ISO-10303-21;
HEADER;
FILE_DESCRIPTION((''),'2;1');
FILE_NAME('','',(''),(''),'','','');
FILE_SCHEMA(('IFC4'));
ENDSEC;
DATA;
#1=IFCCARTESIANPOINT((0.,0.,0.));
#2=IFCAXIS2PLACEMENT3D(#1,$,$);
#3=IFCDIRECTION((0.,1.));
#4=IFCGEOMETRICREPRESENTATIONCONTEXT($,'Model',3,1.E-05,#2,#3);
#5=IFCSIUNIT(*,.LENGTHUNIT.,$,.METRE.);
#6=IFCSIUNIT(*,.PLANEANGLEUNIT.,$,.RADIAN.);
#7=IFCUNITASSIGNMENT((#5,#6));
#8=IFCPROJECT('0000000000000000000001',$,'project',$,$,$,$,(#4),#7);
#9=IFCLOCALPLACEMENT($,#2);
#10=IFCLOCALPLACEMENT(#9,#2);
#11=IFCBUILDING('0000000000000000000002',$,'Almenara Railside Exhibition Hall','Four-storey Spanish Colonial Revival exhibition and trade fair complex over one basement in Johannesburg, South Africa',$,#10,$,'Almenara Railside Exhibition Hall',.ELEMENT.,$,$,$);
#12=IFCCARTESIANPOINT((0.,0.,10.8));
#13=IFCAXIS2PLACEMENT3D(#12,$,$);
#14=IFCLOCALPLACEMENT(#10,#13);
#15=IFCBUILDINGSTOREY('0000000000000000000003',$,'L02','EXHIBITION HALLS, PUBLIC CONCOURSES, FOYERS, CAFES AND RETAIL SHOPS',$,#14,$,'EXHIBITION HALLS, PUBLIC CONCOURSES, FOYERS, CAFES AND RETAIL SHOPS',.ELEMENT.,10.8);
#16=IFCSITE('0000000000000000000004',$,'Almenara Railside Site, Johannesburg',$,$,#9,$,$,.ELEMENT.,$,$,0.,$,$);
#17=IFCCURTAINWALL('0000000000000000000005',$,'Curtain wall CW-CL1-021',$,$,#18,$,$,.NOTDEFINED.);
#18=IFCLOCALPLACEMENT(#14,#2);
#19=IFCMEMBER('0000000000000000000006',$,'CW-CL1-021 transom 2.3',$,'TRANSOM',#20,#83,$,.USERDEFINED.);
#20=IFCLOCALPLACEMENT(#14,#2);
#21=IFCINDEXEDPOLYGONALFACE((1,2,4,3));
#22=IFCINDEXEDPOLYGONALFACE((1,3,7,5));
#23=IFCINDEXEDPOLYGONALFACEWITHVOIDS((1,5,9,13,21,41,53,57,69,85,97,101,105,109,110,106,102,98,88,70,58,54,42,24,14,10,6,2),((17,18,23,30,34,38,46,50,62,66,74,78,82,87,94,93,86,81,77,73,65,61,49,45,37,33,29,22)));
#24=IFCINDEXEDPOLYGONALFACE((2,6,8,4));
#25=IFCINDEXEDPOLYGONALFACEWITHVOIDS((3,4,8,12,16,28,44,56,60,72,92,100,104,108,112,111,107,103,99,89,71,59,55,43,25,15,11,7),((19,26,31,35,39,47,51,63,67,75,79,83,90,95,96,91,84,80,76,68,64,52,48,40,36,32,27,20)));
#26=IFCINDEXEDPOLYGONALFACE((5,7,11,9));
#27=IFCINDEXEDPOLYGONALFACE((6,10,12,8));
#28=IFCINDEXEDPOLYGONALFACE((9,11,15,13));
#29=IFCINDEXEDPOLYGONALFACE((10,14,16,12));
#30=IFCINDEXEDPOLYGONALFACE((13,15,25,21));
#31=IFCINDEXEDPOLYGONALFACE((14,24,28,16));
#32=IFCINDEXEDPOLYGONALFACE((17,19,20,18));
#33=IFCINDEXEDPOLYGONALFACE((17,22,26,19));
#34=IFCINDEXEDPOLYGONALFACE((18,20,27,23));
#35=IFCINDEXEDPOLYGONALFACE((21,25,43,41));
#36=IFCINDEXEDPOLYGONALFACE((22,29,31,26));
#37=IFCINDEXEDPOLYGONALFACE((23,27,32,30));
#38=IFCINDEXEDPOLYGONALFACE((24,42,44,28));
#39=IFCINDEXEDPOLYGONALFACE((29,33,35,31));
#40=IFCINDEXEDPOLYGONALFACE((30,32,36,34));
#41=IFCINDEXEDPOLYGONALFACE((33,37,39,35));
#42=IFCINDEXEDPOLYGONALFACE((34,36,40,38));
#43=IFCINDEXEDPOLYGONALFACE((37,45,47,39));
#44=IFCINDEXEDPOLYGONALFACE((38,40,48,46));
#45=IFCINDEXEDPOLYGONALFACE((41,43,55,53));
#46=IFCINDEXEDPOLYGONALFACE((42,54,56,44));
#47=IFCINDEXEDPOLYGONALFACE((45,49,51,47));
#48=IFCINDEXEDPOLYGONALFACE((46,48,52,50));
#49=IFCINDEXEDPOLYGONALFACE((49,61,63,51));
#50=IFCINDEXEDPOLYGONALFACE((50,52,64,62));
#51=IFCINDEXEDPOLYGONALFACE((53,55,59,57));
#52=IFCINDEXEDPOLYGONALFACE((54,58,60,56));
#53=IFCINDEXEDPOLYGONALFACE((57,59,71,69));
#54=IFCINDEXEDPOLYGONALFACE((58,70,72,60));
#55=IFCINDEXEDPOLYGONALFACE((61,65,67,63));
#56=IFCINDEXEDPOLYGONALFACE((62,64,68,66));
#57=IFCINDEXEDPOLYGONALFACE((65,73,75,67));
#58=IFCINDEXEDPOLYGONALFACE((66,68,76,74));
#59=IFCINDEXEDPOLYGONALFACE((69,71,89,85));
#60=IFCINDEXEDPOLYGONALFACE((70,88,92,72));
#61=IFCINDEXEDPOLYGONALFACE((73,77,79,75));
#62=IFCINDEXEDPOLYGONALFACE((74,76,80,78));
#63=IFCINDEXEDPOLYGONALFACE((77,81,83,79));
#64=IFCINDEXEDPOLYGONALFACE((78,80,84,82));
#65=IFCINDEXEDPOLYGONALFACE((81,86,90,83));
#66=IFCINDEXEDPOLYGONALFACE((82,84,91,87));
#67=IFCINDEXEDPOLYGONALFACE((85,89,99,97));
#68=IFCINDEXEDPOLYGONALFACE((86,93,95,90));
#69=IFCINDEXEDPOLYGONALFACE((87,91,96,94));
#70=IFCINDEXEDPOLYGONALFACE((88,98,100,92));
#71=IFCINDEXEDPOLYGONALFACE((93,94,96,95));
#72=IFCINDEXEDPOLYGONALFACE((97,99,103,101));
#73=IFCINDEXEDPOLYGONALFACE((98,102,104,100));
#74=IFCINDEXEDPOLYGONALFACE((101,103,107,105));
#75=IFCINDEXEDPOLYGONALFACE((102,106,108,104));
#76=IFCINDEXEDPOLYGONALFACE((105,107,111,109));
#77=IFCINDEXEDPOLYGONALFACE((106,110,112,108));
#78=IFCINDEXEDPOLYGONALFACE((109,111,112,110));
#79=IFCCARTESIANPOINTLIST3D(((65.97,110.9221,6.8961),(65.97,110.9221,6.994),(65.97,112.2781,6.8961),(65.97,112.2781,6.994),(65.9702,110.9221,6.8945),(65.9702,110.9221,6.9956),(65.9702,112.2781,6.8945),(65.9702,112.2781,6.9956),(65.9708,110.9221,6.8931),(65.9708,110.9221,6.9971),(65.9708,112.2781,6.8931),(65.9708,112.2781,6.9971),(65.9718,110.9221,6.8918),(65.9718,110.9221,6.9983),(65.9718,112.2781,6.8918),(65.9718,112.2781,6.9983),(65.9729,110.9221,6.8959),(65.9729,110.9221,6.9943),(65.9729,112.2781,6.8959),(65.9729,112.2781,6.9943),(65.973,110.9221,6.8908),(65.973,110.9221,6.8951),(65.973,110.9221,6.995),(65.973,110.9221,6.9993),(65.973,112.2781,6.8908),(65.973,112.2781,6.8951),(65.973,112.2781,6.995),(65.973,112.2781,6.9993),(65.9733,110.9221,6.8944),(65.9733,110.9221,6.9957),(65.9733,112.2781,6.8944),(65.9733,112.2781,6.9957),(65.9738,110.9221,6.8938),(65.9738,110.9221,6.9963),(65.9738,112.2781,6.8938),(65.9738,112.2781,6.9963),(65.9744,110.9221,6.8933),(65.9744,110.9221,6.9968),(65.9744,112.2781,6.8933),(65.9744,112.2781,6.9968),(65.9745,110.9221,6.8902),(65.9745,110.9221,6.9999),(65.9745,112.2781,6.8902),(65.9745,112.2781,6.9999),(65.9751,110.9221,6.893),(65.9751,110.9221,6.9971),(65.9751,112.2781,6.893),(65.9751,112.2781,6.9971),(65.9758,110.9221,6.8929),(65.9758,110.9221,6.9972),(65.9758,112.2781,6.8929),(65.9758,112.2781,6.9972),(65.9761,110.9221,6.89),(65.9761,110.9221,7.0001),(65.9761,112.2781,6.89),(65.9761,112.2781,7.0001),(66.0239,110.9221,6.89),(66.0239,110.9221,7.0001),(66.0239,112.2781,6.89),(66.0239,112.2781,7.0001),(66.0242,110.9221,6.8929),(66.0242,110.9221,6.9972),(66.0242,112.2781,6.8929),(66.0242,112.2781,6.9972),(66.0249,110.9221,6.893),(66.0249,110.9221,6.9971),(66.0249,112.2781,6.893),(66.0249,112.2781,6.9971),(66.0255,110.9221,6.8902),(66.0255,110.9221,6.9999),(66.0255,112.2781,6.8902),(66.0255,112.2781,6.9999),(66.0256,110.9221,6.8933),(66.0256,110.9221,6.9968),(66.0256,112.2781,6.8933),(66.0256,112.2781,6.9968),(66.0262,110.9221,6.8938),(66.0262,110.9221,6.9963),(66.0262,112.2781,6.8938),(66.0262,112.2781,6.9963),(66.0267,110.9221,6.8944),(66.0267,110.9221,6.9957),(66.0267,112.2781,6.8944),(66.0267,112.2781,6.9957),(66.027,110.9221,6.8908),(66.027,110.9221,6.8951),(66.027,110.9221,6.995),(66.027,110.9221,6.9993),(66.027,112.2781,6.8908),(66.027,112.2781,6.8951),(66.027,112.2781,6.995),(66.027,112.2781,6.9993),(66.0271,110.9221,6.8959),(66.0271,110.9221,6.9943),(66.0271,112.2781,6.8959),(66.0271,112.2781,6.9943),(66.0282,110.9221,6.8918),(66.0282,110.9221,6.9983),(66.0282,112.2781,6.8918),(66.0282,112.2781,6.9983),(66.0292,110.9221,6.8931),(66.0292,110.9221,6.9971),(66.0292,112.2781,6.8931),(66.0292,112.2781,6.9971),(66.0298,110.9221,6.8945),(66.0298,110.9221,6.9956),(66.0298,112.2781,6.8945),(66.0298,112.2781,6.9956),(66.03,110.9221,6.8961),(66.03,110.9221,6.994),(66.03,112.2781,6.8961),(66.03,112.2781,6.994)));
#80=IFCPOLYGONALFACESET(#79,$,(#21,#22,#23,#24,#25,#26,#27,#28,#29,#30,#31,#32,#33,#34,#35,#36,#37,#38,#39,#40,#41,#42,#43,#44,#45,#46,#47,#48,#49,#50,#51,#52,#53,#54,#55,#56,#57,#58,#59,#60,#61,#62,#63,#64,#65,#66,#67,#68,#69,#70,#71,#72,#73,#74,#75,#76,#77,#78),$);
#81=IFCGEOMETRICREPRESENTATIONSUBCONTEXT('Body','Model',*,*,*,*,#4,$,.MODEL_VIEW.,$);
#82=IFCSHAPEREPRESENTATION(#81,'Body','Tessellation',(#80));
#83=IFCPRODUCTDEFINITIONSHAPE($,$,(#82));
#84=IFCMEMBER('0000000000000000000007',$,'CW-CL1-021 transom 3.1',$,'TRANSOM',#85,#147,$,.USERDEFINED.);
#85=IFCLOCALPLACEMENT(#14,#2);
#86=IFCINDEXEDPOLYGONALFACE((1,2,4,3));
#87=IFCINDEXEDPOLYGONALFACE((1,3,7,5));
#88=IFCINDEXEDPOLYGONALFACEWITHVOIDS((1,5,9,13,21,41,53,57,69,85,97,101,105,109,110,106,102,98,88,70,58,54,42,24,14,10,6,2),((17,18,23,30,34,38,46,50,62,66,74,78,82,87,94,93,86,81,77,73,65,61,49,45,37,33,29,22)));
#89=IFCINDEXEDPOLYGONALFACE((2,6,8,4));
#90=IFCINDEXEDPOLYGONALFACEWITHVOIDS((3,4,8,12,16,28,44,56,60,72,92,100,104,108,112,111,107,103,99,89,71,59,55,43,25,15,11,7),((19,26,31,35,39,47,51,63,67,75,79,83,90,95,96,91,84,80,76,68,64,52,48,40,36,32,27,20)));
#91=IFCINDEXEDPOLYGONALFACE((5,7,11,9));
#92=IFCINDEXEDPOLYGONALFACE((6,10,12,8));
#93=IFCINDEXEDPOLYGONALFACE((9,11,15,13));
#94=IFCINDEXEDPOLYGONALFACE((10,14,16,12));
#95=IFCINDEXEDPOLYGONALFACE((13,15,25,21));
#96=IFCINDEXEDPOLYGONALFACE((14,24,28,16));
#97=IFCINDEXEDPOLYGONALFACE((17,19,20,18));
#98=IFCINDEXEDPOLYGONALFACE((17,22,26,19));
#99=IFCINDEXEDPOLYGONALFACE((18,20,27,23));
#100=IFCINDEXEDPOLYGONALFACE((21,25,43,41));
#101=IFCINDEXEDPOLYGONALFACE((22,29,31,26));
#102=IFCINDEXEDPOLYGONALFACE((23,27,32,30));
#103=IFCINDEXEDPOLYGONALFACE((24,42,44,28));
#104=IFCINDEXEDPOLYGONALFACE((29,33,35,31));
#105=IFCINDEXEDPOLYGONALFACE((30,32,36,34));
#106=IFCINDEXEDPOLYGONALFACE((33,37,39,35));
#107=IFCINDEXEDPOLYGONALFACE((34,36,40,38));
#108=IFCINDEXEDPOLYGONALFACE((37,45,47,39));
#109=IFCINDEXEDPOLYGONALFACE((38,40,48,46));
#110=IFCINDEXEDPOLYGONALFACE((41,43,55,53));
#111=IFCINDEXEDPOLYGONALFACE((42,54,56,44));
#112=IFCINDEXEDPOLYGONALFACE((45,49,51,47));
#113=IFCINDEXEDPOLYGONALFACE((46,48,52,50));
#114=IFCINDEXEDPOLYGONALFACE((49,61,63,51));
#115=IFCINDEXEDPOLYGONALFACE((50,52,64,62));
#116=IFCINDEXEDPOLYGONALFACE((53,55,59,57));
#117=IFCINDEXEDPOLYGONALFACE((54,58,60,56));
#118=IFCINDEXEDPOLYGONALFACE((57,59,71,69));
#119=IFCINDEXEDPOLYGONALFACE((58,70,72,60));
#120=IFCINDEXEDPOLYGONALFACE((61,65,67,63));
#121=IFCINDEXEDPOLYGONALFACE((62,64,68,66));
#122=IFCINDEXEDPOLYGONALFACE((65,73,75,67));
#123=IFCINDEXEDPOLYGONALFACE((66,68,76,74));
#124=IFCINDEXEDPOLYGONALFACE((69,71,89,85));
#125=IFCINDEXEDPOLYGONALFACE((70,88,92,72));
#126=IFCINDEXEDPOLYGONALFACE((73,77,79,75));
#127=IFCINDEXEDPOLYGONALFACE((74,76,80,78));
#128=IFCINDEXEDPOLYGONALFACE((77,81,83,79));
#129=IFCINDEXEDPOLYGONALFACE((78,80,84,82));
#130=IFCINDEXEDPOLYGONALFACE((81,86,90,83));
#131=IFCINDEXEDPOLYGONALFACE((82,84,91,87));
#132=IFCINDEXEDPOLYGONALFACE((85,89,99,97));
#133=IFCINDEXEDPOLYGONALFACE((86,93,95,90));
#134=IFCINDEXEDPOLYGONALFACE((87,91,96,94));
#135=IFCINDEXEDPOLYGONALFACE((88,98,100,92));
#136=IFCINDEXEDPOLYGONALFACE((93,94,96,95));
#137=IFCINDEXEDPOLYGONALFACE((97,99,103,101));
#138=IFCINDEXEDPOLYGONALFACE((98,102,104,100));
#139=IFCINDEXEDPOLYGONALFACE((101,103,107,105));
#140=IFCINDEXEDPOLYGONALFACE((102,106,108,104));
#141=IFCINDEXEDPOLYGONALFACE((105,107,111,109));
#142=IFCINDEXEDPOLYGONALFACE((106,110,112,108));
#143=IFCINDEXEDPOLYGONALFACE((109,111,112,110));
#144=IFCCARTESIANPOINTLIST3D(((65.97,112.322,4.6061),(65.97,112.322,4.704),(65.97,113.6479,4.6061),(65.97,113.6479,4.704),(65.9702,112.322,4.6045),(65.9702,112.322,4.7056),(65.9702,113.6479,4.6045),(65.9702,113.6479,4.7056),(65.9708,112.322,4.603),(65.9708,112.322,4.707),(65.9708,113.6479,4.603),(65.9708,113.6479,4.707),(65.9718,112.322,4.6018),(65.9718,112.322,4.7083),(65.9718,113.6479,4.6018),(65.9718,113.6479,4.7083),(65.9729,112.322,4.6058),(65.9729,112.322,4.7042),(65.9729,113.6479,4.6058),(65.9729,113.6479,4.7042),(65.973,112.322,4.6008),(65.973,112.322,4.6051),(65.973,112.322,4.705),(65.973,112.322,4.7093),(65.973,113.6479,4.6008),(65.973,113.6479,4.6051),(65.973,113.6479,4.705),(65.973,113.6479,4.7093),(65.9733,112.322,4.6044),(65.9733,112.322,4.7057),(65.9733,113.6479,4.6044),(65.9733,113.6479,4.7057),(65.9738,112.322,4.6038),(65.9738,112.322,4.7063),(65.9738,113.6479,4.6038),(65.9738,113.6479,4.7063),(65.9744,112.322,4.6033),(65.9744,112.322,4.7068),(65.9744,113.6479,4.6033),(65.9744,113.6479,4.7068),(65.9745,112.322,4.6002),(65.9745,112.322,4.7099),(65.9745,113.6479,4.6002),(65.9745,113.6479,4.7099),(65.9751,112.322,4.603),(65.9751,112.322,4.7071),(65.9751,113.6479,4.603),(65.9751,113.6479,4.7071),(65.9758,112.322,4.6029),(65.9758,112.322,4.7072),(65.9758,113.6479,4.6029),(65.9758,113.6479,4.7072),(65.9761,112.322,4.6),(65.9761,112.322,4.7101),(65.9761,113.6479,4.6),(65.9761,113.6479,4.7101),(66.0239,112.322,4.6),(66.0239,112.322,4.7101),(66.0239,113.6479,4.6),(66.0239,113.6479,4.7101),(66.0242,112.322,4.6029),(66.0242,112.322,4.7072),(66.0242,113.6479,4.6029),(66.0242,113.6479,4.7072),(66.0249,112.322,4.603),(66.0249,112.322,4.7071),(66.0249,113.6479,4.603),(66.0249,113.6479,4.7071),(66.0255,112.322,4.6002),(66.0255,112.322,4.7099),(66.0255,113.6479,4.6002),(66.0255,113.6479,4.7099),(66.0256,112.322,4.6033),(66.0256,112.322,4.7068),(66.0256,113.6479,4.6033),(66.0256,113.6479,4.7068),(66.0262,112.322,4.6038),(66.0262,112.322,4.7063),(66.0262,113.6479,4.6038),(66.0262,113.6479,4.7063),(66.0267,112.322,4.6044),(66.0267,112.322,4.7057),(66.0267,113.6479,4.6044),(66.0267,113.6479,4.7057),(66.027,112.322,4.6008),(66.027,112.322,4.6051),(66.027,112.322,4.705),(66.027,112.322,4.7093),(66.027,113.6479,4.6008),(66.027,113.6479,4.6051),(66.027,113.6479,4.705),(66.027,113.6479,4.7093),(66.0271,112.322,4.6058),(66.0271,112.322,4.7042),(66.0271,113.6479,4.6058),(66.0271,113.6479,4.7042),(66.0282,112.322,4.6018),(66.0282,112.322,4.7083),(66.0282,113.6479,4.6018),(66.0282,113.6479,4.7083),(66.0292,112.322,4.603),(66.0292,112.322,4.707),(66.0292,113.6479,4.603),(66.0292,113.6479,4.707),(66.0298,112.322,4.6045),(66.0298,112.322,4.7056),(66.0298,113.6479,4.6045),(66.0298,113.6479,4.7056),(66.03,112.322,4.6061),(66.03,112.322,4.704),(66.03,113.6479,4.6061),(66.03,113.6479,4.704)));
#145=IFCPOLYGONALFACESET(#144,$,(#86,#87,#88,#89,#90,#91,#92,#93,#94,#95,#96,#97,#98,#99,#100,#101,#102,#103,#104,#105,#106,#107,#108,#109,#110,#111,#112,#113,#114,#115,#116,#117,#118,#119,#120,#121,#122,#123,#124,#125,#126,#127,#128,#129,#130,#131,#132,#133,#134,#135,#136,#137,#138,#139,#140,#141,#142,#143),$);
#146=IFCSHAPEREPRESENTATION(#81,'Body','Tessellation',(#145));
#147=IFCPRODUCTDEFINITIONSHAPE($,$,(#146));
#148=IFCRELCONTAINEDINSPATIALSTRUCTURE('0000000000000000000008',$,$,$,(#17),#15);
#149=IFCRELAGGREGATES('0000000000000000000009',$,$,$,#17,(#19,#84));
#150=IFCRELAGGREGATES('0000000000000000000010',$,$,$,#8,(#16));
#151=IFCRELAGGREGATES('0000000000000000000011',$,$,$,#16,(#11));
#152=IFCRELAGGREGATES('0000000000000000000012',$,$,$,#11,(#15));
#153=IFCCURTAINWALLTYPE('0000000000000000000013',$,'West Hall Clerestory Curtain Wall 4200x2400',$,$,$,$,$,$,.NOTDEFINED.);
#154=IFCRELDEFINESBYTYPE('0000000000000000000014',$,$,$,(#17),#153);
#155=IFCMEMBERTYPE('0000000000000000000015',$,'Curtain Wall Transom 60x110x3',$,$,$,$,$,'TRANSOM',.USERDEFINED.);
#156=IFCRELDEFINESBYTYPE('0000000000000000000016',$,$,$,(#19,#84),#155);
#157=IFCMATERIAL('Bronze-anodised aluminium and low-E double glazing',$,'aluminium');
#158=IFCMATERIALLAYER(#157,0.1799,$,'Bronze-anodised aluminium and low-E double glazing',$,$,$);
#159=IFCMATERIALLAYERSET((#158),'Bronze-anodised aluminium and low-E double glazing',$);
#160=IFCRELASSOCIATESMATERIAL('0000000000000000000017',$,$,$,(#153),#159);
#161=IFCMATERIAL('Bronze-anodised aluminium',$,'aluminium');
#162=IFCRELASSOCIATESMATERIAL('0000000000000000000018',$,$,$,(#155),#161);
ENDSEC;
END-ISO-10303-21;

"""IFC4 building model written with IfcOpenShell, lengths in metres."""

from ifc_helpers import new_model, si_unit, direction, frame, origin, origin_2d, place, context, subcontext, project, spatial, hollow_rectangle, extrude, material, layer, layer_set, material_profile, profile_set, type_object, element, aggregate, save


model = new_model("IFC4")

# Units and contexts
model_context = context("Model", 3, precision=1e-05, world=origin(), true_north=direction((0.0, 1.0)))
body_context = subcontext(model_context, "Body", "Model", "MODEL_VIEW")
ifc_project = project(units=[si_unit("LENGTHUNIT", "METRE"), si_unit("PLANEANGLEUNIT", "RADIAN")], contexts=[model_context])

# Site, building, storey
site_placement = place(None, origin())
site = spatial("IfcSite", under=ifc_project, at=site_placement, Name="Almenara Railside Site, Johannesburg", CompositionType="ELEMENT", RefElevation=0.0)
building_placement = place(site_placement, origin())
building = spatial("IfcBuilding", under=site, at=building_placement, Name="Almenara Railside Exhibition Hall", Description="Four-storey Spanish Colonial Revival exhibition and trade fair complex over one basement in Johannesburg, South Africa", LongName="Almenara Railside Exhibition Hall", CompositionType="ELEMENT")
storey_placement = place(building_placement, frame((0.0, 0.0, 10.8)))
storey = spatial("IfcBuildingStorey", under=building, at=storey_placement, Name="L02", Description="EXHIBITION HALLS, PUBLIC CONCOURSES, FOYERS, CAFES AND RETAIL SHOPS", LongName="EXHIBITION HALLS, PUBLIC CONCOURSES, FOYERS, CAFES AND RETAIL SHOPS", CompositionType="ELEMENT", Elevation=10.8)

# Curtain wall
ifc_material_1 = material(Name="Bronze-anodised aluminium and low-E double glazing", Category="aluminium")
ifc_layer_1 = layer(ifc_material_1, 0.1799, Name="Bronze-anodised aluminium and low-E double glazing")
ifc_layer_set_1 = layer_set([ifc_layer_1], Name="Bronze-anodised aluminium and low-E double glazing")
curtain_wall_type = type_object("IfcCurtainWallType", Name="West Hall Clerestory Curtain Wall 4200x2400", PredefinedType="NOTDEFINED", material=ifc_layer_set_1)
ifc_material_2 = material(Name="Bronze-anodised aluminium", Category="aluminium")
curtain_wall_1_placement = place(storey_placement, origin())
curtain_wall_1 = element("IfcCurtainWall", 1, at=curtain_wall_1_placement, inside=storey, type_object=curtain_wall_type, Name="Curtain wall CW-CL1-021", PredefinedType="NOTDEFINED")

# Members
ifc_material_profile_1 = material_profile(ifc_material_2, hollow_rectangle(XDim=0.0601, YDim=0.1101, WallThickness=0.0029, InnerFilletRadius=0.0029, OuterFilletRadius=0.0061, at=origin_2d()), Name="ALU-TRN 60x110x3")
ifc_profile_set_1 = profile_set([ifc_material_profile_1], Name="Bronze-anodised aluminium")
member_type_1 = type_object("IfcMemberType", Name="Curtain Wall Transom 60x110x3", ElementType="TRANSOM", PredefinedType="USERDEFINED", material=ifc_profile_set_1)
member_1_placement = place(storey_placement, frame((66.0, 110.9221, 6.9451), z_axis=(0.0, 1.0, 0.0), x_axis=(-1.0, 0.0, 0.0)))
member_1 = element("IfcMember", 2, at=member_1_placement, type_object=member_type_1, Name="CW-CL1-021 transom 2.3", ObjectType="TRANSOM", PredefinedType="USERDEFINED", context=body_context, shape_type="SweptSolid", body=[
    extrude(hollow_rectangle(XDim=0.0601, YDim=0.1101, WallThickness=0.0029, InnerFilletRadius=0.0029, OuterFilletRadius=0.0061, at=origin_2d()), origin(), (0.0, 0.0, 1.0), 1.356),
])
member_2_placement = place(storey_placement, frame((66.0, 112.322, 4.655), z_axis=(0.0, 1.0, 0.0), x_axis=(-1.0, 0.0, 0.0)))
member_2 = element("IfcMember", 3, at=member_2_placement, type_object=member_type_1, Name="CW-CL1-021 transom 3.1", ObjectType="TRANSOM", PredefinedType="USERDEFINED", context=body_context, shape_type="SweptSolid", body=[
    extrude(hollow_rectangle(XDim=0.0601, YDim=0.1101, WallThickness=0.0029, InnerFilletRadius=0.0029, OuterFilletRadius=0.0061, at=origin_2d()), origin(), (0.0, 0.0, 1.0), 1.3259),
])

aggregate(curtain_wall_1, [member_1, member_2])

save(model, "model.ifc")
